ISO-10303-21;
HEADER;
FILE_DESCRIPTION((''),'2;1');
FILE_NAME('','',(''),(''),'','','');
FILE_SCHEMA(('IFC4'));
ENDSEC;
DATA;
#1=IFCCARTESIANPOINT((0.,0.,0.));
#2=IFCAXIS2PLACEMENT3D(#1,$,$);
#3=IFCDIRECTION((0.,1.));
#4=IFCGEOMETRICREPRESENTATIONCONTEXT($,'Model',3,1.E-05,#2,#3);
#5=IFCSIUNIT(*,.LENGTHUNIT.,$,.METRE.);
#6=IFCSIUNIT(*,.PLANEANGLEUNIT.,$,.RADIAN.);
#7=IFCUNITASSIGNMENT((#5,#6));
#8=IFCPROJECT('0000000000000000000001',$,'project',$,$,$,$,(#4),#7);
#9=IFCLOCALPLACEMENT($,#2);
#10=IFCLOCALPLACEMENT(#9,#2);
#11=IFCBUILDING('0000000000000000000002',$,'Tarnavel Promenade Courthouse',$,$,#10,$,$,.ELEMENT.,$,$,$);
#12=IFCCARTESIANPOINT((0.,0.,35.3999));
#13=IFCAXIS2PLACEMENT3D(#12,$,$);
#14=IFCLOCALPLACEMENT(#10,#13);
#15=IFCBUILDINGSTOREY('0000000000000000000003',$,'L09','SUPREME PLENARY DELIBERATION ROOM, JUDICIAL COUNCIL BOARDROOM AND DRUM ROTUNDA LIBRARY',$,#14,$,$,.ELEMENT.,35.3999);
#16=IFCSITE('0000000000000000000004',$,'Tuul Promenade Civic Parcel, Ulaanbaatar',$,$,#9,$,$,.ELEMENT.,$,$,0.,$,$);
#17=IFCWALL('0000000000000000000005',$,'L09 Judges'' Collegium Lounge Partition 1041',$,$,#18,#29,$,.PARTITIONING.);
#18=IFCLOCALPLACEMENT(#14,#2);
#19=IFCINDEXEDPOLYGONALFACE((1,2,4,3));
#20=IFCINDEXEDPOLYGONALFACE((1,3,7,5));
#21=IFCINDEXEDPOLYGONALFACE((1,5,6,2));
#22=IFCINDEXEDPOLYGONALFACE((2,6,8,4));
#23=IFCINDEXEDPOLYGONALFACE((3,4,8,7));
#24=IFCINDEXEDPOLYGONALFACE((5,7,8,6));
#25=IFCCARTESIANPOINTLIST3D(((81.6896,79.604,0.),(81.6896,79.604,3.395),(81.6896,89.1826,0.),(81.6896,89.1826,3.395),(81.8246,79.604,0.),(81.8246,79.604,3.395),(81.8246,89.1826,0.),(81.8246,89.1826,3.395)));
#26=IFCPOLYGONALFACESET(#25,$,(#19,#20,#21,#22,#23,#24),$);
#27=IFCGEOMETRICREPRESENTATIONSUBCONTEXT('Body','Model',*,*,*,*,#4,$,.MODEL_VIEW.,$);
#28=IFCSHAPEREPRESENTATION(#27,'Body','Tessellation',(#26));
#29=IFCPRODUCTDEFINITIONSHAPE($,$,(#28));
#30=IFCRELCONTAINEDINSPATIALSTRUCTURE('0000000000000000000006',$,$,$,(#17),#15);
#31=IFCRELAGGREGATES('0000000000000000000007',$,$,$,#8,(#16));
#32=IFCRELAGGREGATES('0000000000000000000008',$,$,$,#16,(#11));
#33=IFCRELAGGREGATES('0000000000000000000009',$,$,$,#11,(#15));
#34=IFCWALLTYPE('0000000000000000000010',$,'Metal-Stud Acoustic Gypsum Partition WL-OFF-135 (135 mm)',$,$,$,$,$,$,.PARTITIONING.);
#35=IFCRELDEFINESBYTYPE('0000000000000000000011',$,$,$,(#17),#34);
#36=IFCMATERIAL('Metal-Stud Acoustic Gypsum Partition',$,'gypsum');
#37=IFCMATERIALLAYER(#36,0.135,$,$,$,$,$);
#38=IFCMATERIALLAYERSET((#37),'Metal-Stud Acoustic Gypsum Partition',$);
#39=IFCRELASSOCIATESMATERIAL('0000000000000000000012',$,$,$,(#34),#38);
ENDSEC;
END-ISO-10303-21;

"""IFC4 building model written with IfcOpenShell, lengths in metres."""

from ifc_helpers import new_model, si_unit, direction, frame, frame_2d, origin, place, context, subcontext, project, spatial, rectangle, extrude, material, layer, layer_set, type_object, element, save


model = new_model("IFC4")

# Units and contexts
model_context = context("Model", 3, precision=1e-05, world=origin(), true_north=direction((0.0, 1.0)))
body_context = subcontext(model_context, "Body", "Model", "MODEL_VIEW")
ifc_project = project(units=[si_unit("LENGTHUNIT", "METRE"), si_unit("PLANEANGLEUNIT", "RADIAN")], contexts=[model_context])

# Site, building, storey
site_placement = place(None, origin())
site = spatial("IfcSite", under=ifc_project, at=site_placement, Name="Tuul Promenade Civic Parcel, Ulaanbaatar", CompositionType="ELEMENT", RefElevation=0.0)
building_placement = place(site_placement, origin())
building = spatial("IfcBuilding", under=site, at=building_placement, Name="Tarnavel Promenade Courthouse", CompositionType="ELEMENT")
storey_placement = place(building_placement, frame((0.0, 0.0, 35.3999)))
storey = spatial("IfcBuildingStorey", under=building, at=storey_placement, Name="L09", Description="SUPREME PLENARY DELIBERATION ROOM, JUDICIAL COUNCIL BOARDROOM AND DRUM ROTUNDA LIBRARY", CompositionType="ELEMENT", Elevation=35.3999)

# Shared definitions
ifc_material_1 = material(Name="Metal-Stud Acoustic Gypsum Partition", Category="gypsum")
ifc_layer_1 = layer(ifc_material_1, 0.135)
ifc_layer_set_1 = layer_set([ifc_layer_1], Name="Metal-Stud Acoustic Gypsum Partition")
wall_type_1 = type_object("IfcWallType", Name="Metal-Stud Acoustic Gypsum Partition WL-OFF-135 (135 mm)", PredefinedType="PARTITIONING", material=ifc_layer_set_1)

# Wall
for number, where, z_axis, x_axis, name in (
    (1, (81.7571, 89.1826, 0.0), (0.0, 0.0, 1.0), (0.0, -1.0, 0.0), "L09 Judges' Collegium Lounge Partition 1041"),
):
    element("IfcWall", number, at=place(storey_placement, frame(where, z_axis=z_axis, x_axis=x_axis)), inside=storey, type_object=wall_type_1, Name=name, PredefinedType="PARTITIONING", context=body_context, shape_type="SweptSolid", body=[
        extrude(rectangle(XDim=9.5786, YDim=0.135, at=frame_2d((4.7893, 0.0))), origin(), (0.0, 0.0, 1.0), 3.395),
    ])

save(model, "model.ifc")
